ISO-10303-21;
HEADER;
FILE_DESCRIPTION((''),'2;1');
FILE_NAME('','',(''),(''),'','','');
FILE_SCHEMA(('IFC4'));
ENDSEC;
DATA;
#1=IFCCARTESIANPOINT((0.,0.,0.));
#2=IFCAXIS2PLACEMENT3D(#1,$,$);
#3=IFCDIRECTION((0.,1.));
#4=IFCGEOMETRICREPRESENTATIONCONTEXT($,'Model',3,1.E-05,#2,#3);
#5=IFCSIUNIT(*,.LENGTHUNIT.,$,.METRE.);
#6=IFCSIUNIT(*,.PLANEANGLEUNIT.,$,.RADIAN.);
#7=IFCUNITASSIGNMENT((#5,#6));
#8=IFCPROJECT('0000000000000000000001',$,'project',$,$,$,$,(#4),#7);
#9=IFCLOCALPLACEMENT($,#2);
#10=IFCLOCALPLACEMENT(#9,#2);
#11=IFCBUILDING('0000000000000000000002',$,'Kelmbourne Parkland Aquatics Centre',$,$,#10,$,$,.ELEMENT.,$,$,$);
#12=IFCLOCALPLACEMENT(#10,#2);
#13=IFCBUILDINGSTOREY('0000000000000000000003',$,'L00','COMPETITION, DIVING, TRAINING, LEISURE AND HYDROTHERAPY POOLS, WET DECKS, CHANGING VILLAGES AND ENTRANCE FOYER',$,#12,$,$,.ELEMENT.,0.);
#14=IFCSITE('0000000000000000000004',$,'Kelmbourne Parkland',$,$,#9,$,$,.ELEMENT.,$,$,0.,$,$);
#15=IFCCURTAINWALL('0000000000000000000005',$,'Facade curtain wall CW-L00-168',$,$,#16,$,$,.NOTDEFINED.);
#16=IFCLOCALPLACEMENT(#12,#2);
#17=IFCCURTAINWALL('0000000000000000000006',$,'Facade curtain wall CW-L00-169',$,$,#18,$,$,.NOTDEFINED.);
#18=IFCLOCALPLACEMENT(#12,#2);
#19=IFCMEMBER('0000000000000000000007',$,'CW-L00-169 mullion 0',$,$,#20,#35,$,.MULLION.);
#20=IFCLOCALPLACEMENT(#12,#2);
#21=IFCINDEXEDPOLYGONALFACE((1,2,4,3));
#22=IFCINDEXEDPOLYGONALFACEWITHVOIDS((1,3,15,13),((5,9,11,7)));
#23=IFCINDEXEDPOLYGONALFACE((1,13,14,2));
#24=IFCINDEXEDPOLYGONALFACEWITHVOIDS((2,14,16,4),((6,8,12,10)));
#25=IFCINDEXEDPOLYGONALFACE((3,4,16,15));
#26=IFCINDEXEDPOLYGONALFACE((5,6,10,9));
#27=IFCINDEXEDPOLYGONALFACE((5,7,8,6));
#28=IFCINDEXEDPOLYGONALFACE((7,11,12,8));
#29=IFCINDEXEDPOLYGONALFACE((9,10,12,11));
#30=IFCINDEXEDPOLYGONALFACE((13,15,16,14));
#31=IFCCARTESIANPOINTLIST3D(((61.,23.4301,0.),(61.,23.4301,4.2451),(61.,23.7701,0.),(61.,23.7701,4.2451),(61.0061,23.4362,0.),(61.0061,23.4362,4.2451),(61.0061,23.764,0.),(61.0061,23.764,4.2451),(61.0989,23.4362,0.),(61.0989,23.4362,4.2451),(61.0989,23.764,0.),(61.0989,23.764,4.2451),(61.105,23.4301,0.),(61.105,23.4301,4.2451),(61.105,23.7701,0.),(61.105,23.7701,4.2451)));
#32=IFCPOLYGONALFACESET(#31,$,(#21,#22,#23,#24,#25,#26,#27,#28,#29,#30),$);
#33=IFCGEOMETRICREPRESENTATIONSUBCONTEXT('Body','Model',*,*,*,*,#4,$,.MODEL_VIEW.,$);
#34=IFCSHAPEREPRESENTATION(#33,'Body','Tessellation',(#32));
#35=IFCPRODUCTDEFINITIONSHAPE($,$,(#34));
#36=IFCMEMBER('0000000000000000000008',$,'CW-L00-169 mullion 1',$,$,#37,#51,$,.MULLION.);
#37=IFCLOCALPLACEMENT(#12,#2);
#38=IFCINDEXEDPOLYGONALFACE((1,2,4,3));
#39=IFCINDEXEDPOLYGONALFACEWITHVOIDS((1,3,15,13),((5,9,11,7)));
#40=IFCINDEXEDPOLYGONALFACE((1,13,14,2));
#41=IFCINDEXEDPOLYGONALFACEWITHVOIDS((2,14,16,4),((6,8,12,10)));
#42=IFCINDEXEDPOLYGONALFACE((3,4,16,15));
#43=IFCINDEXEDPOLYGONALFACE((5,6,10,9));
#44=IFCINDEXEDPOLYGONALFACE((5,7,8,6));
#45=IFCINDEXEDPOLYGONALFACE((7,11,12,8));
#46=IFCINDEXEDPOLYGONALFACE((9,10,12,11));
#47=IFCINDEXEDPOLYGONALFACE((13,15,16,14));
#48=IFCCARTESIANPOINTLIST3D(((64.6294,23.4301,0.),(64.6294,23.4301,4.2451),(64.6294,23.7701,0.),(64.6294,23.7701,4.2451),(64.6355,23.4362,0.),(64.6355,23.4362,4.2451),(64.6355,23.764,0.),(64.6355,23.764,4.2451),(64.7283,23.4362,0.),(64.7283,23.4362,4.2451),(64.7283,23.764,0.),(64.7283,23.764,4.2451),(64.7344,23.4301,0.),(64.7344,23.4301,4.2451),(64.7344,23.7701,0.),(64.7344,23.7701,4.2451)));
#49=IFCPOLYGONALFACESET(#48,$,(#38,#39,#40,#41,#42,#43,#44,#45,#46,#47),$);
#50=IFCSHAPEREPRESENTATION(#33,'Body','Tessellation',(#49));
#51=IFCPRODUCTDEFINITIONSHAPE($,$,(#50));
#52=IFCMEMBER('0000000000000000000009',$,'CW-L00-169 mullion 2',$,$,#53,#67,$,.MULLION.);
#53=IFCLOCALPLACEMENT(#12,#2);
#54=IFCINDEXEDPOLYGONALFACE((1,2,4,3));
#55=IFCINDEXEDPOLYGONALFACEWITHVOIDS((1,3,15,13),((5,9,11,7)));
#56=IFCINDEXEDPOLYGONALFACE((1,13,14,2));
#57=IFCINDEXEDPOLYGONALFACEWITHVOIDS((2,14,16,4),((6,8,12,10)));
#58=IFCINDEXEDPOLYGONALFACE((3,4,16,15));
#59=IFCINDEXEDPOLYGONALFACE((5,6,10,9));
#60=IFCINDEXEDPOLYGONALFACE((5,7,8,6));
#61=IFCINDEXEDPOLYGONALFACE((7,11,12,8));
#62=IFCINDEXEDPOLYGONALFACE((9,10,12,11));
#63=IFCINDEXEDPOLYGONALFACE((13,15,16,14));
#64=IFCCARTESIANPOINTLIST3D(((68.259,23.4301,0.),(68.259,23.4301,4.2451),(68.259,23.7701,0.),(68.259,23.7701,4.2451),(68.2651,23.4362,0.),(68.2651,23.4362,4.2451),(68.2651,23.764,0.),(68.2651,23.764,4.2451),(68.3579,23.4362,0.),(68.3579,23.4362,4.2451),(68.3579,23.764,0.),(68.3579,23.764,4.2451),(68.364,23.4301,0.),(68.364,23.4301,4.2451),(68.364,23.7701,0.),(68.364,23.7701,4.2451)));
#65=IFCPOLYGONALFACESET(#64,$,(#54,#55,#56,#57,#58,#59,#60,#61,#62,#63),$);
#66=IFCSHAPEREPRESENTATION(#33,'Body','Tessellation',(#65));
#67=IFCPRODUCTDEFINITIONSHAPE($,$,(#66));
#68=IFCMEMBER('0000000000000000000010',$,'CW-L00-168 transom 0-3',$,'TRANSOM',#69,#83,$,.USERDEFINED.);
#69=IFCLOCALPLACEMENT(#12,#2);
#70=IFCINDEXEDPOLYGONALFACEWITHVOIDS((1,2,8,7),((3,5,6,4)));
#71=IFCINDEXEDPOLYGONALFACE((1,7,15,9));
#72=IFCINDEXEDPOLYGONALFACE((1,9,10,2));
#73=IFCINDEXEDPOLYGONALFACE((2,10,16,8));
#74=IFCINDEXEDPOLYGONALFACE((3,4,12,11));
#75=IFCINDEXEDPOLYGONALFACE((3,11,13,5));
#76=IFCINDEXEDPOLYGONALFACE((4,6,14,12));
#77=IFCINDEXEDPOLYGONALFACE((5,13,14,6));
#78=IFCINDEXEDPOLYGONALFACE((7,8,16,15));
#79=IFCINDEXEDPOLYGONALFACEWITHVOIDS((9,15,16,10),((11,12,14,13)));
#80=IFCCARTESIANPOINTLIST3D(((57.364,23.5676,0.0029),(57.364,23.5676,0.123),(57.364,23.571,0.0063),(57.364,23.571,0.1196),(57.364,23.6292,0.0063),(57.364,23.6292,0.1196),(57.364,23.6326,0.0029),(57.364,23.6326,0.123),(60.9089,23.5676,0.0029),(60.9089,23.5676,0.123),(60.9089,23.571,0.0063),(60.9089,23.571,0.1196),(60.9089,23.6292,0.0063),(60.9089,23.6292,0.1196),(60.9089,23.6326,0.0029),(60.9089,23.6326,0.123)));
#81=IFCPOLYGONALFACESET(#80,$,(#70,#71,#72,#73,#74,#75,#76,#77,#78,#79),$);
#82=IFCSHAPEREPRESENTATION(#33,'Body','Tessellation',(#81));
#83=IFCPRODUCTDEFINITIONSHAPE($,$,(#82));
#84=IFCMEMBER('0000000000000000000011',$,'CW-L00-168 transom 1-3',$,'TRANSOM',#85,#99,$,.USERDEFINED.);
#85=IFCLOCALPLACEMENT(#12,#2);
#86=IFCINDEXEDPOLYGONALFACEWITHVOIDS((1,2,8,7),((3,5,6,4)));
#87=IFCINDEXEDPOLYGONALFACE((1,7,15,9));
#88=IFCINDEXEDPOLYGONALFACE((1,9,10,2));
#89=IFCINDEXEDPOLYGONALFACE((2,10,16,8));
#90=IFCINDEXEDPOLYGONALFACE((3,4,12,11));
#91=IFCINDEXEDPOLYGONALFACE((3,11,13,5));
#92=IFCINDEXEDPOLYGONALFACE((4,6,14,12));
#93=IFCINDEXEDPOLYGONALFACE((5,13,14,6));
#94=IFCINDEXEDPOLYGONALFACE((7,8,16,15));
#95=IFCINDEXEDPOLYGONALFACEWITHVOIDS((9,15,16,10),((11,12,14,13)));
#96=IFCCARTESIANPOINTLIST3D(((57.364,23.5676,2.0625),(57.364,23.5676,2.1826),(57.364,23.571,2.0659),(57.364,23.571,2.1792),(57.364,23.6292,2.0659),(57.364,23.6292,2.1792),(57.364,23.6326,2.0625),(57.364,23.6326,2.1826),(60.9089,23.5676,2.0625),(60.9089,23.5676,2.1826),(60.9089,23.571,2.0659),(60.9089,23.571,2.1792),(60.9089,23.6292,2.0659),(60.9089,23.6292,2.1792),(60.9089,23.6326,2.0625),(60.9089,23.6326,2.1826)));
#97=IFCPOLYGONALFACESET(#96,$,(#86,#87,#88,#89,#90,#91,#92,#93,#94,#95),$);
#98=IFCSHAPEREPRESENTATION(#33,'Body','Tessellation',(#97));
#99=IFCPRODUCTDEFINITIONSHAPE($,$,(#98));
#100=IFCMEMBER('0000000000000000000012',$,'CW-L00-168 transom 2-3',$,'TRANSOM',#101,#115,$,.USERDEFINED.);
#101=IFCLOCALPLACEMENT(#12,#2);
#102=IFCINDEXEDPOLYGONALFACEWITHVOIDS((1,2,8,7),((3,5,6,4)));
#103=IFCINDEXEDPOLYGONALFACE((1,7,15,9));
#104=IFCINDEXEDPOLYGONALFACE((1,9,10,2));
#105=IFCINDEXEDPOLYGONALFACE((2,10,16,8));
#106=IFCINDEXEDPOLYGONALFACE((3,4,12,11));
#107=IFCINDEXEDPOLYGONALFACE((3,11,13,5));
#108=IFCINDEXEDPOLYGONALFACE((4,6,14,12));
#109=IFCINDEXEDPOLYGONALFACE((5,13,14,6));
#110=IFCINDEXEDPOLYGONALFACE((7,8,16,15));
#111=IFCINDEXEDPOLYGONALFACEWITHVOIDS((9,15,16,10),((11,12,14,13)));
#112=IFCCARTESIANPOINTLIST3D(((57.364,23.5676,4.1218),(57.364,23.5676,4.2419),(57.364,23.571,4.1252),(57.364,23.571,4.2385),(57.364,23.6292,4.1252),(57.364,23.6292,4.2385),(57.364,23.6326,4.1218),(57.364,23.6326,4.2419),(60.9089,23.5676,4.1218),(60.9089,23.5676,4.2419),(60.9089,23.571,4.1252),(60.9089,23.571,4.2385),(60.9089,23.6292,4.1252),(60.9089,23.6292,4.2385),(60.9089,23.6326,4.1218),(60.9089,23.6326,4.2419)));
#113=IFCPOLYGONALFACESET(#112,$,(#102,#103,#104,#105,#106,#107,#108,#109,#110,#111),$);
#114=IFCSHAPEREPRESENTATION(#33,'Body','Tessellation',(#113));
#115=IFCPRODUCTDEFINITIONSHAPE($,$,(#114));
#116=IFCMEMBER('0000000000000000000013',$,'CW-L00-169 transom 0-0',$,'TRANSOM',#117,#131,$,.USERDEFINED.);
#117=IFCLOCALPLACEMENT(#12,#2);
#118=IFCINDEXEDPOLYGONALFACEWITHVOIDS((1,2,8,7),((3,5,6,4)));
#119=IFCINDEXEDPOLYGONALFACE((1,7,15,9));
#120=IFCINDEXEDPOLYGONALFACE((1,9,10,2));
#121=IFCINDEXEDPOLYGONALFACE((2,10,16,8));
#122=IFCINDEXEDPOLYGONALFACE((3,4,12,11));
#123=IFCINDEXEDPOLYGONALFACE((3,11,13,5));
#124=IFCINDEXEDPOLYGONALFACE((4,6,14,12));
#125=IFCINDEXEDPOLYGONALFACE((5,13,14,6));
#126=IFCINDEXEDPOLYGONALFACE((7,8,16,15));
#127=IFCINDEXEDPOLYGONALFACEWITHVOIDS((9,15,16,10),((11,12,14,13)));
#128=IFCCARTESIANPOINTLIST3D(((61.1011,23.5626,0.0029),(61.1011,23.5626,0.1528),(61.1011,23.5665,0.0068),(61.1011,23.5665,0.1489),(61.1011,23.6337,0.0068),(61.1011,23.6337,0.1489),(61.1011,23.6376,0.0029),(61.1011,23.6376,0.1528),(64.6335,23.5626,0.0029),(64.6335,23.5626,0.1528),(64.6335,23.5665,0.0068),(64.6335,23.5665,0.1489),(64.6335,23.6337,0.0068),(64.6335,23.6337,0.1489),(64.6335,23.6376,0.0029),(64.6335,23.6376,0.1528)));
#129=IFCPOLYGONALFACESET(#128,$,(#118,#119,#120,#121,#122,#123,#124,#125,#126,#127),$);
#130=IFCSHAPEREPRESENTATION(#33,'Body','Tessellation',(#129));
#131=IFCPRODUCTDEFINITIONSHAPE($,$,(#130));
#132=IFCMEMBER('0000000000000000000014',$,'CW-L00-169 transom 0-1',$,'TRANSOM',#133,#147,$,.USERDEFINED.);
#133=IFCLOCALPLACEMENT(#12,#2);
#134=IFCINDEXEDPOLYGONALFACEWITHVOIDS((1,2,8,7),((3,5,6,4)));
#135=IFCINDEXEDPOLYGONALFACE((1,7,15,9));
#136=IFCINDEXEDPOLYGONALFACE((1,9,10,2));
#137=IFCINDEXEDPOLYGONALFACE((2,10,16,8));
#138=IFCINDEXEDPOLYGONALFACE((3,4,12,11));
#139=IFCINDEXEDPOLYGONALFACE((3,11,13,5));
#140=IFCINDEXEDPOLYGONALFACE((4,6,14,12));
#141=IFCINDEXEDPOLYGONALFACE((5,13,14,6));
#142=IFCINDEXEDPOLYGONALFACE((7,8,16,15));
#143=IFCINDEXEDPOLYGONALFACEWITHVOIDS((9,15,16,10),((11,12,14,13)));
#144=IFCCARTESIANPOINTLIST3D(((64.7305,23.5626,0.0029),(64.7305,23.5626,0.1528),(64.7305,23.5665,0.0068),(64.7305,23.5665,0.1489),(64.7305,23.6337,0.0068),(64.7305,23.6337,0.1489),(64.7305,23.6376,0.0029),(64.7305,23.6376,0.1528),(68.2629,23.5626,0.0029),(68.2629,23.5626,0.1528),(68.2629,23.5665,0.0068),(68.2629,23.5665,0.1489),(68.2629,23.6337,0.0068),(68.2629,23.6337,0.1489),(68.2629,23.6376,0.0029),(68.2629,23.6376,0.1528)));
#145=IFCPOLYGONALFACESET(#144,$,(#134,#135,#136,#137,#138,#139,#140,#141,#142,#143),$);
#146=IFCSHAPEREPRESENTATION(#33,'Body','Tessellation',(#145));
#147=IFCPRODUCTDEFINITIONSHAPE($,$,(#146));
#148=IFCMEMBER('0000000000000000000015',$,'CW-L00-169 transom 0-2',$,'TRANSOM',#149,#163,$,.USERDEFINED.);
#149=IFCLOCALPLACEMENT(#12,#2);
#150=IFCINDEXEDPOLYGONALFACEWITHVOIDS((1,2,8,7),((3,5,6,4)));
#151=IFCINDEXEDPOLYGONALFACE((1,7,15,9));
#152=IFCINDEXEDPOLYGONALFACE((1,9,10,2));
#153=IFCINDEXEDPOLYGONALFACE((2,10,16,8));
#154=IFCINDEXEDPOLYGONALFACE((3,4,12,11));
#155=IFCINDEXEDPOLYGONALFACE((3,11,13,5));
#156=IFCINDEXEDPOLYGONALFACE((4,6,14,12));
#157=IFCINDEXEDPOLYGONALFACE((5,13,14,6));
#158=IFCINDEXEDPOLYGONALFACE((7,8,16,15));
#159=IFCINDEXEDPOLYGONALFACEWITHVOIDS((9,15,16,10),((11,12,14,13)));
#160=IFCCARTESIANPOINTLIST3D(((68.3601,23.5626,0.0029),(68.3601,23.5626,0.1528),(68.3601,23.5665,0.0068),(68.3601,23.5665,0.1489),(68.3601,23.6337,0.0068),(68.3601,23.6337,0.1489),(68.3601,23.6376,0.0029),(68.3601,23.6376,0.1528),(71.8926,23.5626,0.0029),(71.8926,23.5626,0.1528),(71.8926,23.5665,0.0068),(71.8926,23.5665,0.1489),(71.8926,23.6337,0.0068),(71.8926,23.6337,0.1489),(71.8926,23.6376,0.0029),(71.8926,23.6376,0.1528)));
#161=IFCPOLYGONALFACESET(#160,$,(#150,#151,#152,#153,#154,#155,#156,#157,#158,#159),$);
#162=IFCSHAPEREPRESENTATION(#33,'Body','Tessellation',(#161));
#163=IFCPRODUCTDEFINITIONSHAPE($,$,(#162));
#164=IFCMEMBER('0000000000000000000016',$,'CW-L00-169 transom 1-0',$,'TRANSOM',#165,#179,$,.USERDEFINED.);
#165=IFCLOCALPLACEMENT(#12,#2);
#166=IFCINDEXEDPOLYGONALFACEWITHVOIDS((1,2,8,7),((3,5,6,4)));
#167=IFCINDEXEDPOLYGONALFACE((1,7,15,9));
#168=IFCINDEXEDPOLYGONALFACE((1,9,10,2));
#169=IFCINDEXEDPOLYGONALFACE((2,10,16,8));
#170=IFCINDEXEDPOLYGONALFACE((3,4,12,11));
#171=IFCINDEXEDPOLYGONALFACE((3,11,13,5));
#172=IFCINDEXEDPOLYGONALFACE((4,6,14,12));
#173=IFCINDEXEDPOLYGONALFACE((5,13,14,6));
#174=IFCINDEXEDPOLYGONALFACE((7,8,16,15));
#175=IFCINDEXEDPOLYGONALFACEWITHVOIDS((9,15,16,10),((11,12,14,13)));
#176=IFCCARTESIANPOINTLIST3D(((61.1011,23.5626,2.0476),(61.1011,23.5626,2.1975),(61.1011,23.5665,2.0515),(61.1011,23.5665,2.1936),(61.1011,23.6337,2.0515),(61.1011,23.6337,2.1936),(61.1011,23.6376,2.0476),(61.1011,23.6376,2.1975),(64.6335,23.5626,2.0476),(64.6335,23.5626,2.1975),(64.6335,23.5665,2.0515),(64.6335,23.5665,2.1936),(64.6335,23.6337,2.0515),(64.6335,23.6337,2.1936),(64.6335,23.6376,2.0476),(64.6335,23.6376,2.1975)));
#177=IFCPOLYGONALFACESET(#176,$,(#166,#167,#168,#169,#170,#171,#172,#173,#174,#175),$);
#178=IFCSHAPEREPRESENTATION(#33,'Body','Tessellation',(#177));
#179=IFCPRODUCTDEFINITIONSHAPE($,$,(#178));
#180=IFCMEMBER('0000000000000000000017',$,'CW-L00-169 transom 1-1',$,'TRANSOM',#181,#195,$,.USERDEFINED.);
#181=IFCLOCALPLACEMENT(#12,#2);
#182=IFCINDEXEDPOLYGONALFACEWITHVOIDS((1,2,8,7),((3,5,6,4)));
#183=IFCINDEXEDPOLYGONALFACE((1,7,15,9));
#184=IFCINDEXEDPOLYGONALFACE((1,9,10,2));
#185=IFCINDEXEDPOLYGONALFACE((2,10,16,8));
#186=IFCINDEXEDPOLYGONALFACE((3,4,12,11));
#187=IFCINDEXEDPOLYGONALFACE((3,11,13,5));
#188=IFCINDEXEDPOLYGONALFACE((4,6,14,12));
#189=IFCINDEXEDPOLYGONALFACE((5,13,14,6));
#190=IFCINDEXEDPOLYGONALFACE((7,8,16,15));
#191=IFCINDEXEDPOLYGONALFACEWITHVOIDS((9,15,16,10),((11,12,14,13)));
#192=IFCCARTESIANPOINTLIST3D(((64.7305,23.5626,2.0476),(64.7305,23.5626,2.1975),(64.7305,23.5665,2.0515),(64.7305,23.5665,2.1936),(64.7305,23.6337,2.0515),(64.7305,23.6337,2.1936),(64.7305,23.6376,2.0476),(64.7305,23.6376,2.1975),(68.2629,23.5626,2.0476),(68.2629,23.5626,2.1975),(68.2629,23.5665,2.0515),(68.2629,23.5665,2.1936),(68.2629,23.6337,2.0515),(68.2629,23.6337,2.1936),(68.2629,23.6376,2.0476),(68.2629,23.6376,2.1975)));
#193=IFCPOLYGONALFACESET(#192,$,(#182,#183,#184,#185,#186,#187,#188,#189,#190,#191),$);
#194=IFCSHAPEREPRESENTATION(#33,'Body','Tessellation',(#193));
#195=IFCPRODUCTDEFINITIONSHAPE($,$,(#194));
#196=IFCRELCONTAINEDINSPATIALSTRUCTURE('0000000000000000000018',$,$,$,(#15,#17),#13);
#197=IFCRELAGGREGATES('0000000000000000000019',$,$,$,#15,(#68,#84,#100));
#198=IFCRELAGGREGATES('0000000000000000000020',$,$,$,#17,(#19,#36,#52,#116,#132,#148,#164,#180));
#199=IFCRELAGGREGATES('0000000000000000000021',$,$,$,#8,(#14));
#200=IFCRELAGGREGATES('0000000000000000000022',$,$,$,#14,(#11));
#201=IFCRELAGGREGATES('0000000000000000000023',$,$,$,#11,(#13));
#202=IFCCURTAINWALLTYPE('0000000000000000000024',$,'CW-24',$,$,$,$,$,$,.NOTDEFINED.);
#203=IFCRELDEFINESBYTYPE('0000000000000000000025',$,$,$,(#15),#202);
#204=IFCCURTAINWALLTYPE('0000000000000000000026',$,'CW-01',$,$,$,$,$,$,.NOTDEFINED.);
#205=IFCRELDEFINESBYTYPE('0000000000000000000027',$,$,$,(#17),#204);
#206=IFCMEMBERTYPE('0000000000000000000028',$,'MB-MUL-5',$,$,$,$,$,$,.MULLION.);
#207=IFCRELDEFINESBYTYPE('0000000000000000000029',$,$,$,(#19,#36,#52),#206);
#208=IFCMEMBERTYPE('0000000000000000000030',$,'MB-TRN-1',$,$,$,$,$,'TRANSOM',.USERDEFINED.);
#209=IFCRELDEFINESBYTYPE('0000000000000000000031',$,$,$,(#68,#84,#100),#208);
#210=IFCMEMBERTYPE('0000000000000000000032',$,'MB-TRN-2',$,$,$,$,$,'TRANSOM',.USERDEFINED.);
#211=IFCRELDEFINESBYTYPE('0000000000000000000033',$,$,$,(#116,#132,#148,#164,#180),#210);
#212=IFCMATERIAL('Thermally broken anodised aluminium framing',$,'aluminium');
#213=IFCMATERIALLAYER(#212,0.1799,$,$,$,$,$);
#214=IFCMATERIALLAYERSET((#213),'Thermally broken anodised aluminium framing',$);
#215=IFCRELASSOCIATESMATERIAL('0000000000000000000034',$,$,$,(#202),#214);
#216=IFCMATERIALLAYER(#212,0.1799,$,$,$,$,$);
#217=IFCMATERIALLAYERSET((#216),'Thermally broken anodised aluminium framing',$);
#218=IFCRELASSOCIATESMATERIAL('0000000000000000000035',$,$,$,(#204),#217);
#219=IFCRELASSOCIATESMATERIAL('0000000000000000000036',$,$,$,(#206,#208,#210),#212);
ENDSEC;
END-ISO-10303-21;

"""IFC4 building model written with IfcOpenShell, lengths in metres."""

from ifc_helpers import new_model, si_unit, direction, frame, origin, origin_2d, place, context, subcontext, project, spatial, hollow_rectangle, extrude, material, layer, layer_set, material_profile, profile_set, type_object, element, aggregate, save


model = new_model("IFC4")

# Units and contexts
model_context = context("Model", 3, precision=1e-05, world=origin(), true_north=direction((0.0, 1.0)))
body_context = subcontext(model_context, "Body", "Model", "MODEL_VIEW")
ifc_project = project(units=[si_unit("LENGTHUNIT", "METRE"), si_unit("PLANEANGLEUNIT", "RADIAN")], contexts=[model_context])

# Site, building, storey
site_placement = place(None, origin())
site = spatial("IfcSite", under=ifc_project, at=site_placement, Name="Kelmbourne Parkland", CompositionType="ELEMENT", RefElevation=0.0)
building_placement = place(site_placement, origin())
building = spatial("IfcBuilding", under=site, at=building_placement, Name="Kelmbourne Parkland Aquatics Centre", CompositionType="ELEMENT")
storey_placement = place(building_placement, origin())
storey = spatial("IfcBuildingStorey", under=building, at=storey_placement, Name="L00", Description="COMPETITION, DIVING, TRAINING, LEISURE AND HYDROTHERAPY POOLS, WET DECKS, CHANGING VILLAGES AND ENTRANCE FOYER", CompositionType="ELEMENT", Elevation=0.0)

# Curtain walls, members
ifc_material_1 = material(Name="Thermally broken anodised aluminium framing", Category="aluminium")
ifc_layer_1 = layer(ifc_material_1, 0.1799)
ifc_layer_set_1 = layer_set([ifc_layer_1], Name="Thermally broken anodised aluminium framing")
curtain_wall_type_1 = type_object("IfcCurtainWallType", Name="CW-24", PredefinedType="NOTDEFINED", material=ifc_layer_set_1)
curtain_wall_1_placement = place(storey_placement, origin())
curtain_wall_1 = element("IfcCurtainWall", 1, at=curtain_wall_1_placement, inside=storey, type_object=curtain_wall_type_1, Name="Facade curtain wall CW-L00-168", PredefinedType="NOTDEFINED")
ifc_layer_2 = layer(ifc_material_1, 0.1799)
ifc_layer_set_2 = layer_set([ifc_layer_2], Name="Thermally broken anodised aluminium framing")
curtain_wall_type_2 = type_object("IfcCurtainWallType", Name="CW-01", PredefinedType="NOTDEFINED", material=ifc_layer_set_2)
curtain_wall_2_placement = place(storey_placement, origin())
curtain_wall_2 = element("IfcCurtainWall", 2, at=curtain_wall_2_placement, inside=storey, type_object=curtain_wall_type_2, Name="Facade curtain wall CW-L00-169", PredefinedType="NOTDEFINED")
ifc_material_profile_1 = material_profile(ifc_material_1, hollow_rectangle(XDim=0.105, YDim=0.3401, WallThickness=0.0061, at=origin_2d()), Name="CW-M 105x340")
ifc_profile_set_1 = profile_set([ifc_material_profile_1], Name="Thermally broken anodised aluminium framing")
member_type_1 = type_object("IfcMemberType", Name="MB-MUL-5", PredefinedType="MULLION", material=ifc_profile_set_1)
member_1_placement = place(storey_placement, frame((61.0525, 23.6001, 0.0), z_axis=(0.0, 0.0, 1.0), x_axis=(1.0, 0.0, 0.0)))
member_1 = element("IfcMember", 3, at=member_1_placement, type_object=member_type_1, Name="CW-L00-169 mullion 0", PredefinedType="MULLION", context=body_context, shape_type="SweptSolid", body=[
    extrude(hollow_rectangle(XDim=0.105, YDim=0.3401, WallThickness=0.0061, at=origin_2d()), origin(), (0.0, 0.0, 1.0), 4.2451),
])
member_2_placement = place(storey_placement, frame((64.6819, 23.6001, 0.0), z_axis=(0.0, 0.0, 1.0), x_axis=(1.0, 0.0, 0.0)))
member_2 = element("IfcMember", 4, at=member_2_placement, type_object=member_type_1, Name="CW-L00-169 mullion 1", PredefinedType="MULLION", context=body_context, shape_type="SweptSolid", body=[
    extrude(hollow_rectangle(XDim=0.105, YDim=0.3401, WallThickness=0.0061, at=origin_2d()), origin(), (0.0, 0.0, 1.0), 4.2451),
])
member_3_placement = place(storey_placement, frame((68.3115, 23.6001, 0.0), z_axis=(0.0, 0.0, 1.0), x_axis=(1.0, 0.0, 0.0)))
member_3 = element("IfcMember", 5, at=member_3_placement, type_object=member_type_1, Name="CW-L00-169 mullion 2", PredefinedType="MULLION", context=body_context, shape_type="SweptSolid", body=[
    extrude(hollow_rectangle(XDim=0.105, YDim=0.3401, WallThickness=0.0061, at=origin_2d()), origin(), (0.0, 0.0, 1.0), 4.2451),
])

# Members
ifc_material_profile_2 = material_profile(ifc_material_1, hollow_rectangle(XDim=0.0649, YDim=0.1201, WallThickness=0.0034, at=origin_2d()), Name="CW-T 65x120")
ifc_profile_set_2 = profile_set([ifc_material_profile_2], Name="Thermally broken anodised aluminium framing")
member_type_2 = type_object("IfcMemberType", Name="MB-TRN-1", ElementType="TRANSOM", PredefinedType="USERDEFINED", material=ifc_profile_set_2)
member_4_placement = place(storey_placement, frame((57.364, 23.6001, 0.063), z_axis=(1.0, 0.0, 0.0), x_axis=(0.0, 1.0, 0.0)))
member_4 = element("IfcMember", 6, at=member_4_placement, type_object=member_type_2, Name="CW-L00-168 transom 0-3", ObjectType="TRANSOM", PredefinedType="USERDEFINED", context=body_context, shape_type="SweptSolid", body=[
    extrude(hollow_rectangle(XDim=0.0649, YDim=0.1201, WallThickness=0.0034, at=origin_2d()), origin(), (0.0, 0.0, 1.0), 3.5449),
])
member_5_placement = place(storey_placement, frame((57.364, 23.6001, 2.1226), z_axis=(1.0, 0.0, 0.0), x_axis=(0.0, 1.0, 0.0)))
member_5 = element("IfcMember", 7, at=member_5_placement, type_object=member_type_2, Name="CW-L00-168 transom 1-3", ObjectType="TRANSOM", PredefinedType="USERDEFINED", context=body_context, shape_type="SweptSolid", body=[
    extrude(hollow_rectangle(XDim=0.0649, YDim=0.1201, WallThickness=0.0034, at=origin_2d()), origin(), (0.0, 0.0, 1.0), 3.5449),
])
member_6_placement = place(storey_placement, frame((57.364, 23.6001, 4.1819), z_axis=(1.0, 0.0, 0.0), x_axis=(0.0, 1.0, 0.0)))
member_6 = element("IfcMember", 8, at=member_6_placement, type_object=member_type_2, Name="CW-L00-168 transom 2-3", ObjectType="TRANSOM", PredefinedType="USERDEFINED", context=body_context, shape_type="SweptSolid", body=[
    extrude(hollow_rectangle(XDim=0.0649, YDim=0.1201, WallThickness=0.0034, at=origin_2d()), origin(), (0.0, 0.0, 1.0), 3.5449),
])
ifc_material_profile_3 = material_profile(ifc_material_1, hollow_rectangle(XDim=0.075, YDim=0.1499, WallThickness=0.0039, at=origin_2d()), Name="CW-T 75x150")
ifc_profile_set_3 = profile_set([ifc_material_profile_3], Name="Thermally broken anodised aluminium framing")
member_type_3 = type_object("IfcMemberType", Name="MB-TRN-2", ElementType="TRANSOM", PredefinedType="USERDEFINED", material=ifc_profile_set_3)
member_7_placement = place(storey_placement, frame((61.1011, 23.6001, 0.0779), z_axis=(1.0, 0.0, 0.0), x_axis=(0.0, 1.0, 0.0)))
member_7 = element("IfcMember", 9, at=member_7_placement, type_object=member_type_3, Name="CW-L00-169 transom 0-0", ObjectType="TRANSOM", PredefinedType="USERDEFINED", context=body_context, shape_type="SweptSolid", body=[
    extrude(hollow_rectangle(XDim=0.075, YDim=0.1499, WallThickness=0.0039, at=origin_2d()), origin(), (0.0, 0.0, 1.0), 3.5325),
])
member_8_placement = place(storey_placement, frame((64.7305, 23.6001, 0.0779), z_axis=(1.0, 0.0, 0.0), x_axis=(0.0, 1.0, 0.0)))
member_8 = element("IfcMember", 10, at=member_8_placement, type_object=member_type_3, Name="CW-L00-169 transom 0-1", ObjectType="TRANSOM", PredefinedType="USERDEFINED", context=body_context, shape_type="SweptSolid", body=[
    extrude(hollow_rectangle(XDim=0.075, YDim=0.1499, WallThickness=0.0039, at=origin_2d()), origin(), (0.0, 0.0, 1.0), 3.5325),
])
member_9_placement = place(storey_placement, frame((68.3601, 23.6001, 0.0779), z_axis=(1.0, 0.0, 0.0), x_axis=(0.0, 1.0, 0.0)))
member_9 = element("IfcMember", 11, at=member_9_placement, type_object=member_type_3, Name="CW-L00-169 transom 0-2", ObjectType="TRANSOM", PredefinedType="USERDEFINED", context=body_context, shape_type="SweptSolid", body=[
    extrude(hollow_rectangle(XDim=0.075, YDim=0.1499, WallThickness=0.0039, at=origin_2d()), origin(), (0.0, 0.0, 1.0), 3.5325),
])
member_10_placement = place(storey_placement, frame((61.1011, 23.6001, 2.1226), z_axis=(1.0, 0.0, 0.0), x_axis=(0.0, 1.0, 0.0)))
member_10 = element("IfcMember", 12, at=member_10_placement, type_object=member_type_3, Name="CW-L00-169 transom 1-0", ObjectType="TRANSOM", PredefinedType="USERDEFINED", context=body_context, shape_type="SweptSolid", body=[
    extrude(hollow_rectangle(XDim=0.075, YDim=0.1499, WallThickness=0.0039, at=origin_2d()), origin(), (0.0, 0.0, 1.0), 3.5325),
])
member_11_placement = place(storey_placement, frame((64.7305, 23.6001, 2.1226), z_axis=(1.0, 0.0, 0.0), x_axis=(0.0, 1.0, 0.0)))
member_11 = element("IfcMember", 13, at=member_11_placement, type_object=member_type_3, Name="CW-L00-169 transom 1-1", ObjectType="TRANSOM", PredefinedType="USERDEFINED", context=body_context, shape_type="SweptSolid", body=[
    extrude(hollow_rectangle(XDim=0.075, YDim=0.1499, WallThickness=0.0039, at=origin_2d()), origin(), (0.0, 0.0, 1.0), 3.5325),
])

aggregate(curtain_wall_1, [member_4, member_5, member_6])
aggregate(curtain_wall_2, [member_1, member_2, member_3, member_7, member_8, member_9, member_10, member_11])

save(model, "model.ifc")
